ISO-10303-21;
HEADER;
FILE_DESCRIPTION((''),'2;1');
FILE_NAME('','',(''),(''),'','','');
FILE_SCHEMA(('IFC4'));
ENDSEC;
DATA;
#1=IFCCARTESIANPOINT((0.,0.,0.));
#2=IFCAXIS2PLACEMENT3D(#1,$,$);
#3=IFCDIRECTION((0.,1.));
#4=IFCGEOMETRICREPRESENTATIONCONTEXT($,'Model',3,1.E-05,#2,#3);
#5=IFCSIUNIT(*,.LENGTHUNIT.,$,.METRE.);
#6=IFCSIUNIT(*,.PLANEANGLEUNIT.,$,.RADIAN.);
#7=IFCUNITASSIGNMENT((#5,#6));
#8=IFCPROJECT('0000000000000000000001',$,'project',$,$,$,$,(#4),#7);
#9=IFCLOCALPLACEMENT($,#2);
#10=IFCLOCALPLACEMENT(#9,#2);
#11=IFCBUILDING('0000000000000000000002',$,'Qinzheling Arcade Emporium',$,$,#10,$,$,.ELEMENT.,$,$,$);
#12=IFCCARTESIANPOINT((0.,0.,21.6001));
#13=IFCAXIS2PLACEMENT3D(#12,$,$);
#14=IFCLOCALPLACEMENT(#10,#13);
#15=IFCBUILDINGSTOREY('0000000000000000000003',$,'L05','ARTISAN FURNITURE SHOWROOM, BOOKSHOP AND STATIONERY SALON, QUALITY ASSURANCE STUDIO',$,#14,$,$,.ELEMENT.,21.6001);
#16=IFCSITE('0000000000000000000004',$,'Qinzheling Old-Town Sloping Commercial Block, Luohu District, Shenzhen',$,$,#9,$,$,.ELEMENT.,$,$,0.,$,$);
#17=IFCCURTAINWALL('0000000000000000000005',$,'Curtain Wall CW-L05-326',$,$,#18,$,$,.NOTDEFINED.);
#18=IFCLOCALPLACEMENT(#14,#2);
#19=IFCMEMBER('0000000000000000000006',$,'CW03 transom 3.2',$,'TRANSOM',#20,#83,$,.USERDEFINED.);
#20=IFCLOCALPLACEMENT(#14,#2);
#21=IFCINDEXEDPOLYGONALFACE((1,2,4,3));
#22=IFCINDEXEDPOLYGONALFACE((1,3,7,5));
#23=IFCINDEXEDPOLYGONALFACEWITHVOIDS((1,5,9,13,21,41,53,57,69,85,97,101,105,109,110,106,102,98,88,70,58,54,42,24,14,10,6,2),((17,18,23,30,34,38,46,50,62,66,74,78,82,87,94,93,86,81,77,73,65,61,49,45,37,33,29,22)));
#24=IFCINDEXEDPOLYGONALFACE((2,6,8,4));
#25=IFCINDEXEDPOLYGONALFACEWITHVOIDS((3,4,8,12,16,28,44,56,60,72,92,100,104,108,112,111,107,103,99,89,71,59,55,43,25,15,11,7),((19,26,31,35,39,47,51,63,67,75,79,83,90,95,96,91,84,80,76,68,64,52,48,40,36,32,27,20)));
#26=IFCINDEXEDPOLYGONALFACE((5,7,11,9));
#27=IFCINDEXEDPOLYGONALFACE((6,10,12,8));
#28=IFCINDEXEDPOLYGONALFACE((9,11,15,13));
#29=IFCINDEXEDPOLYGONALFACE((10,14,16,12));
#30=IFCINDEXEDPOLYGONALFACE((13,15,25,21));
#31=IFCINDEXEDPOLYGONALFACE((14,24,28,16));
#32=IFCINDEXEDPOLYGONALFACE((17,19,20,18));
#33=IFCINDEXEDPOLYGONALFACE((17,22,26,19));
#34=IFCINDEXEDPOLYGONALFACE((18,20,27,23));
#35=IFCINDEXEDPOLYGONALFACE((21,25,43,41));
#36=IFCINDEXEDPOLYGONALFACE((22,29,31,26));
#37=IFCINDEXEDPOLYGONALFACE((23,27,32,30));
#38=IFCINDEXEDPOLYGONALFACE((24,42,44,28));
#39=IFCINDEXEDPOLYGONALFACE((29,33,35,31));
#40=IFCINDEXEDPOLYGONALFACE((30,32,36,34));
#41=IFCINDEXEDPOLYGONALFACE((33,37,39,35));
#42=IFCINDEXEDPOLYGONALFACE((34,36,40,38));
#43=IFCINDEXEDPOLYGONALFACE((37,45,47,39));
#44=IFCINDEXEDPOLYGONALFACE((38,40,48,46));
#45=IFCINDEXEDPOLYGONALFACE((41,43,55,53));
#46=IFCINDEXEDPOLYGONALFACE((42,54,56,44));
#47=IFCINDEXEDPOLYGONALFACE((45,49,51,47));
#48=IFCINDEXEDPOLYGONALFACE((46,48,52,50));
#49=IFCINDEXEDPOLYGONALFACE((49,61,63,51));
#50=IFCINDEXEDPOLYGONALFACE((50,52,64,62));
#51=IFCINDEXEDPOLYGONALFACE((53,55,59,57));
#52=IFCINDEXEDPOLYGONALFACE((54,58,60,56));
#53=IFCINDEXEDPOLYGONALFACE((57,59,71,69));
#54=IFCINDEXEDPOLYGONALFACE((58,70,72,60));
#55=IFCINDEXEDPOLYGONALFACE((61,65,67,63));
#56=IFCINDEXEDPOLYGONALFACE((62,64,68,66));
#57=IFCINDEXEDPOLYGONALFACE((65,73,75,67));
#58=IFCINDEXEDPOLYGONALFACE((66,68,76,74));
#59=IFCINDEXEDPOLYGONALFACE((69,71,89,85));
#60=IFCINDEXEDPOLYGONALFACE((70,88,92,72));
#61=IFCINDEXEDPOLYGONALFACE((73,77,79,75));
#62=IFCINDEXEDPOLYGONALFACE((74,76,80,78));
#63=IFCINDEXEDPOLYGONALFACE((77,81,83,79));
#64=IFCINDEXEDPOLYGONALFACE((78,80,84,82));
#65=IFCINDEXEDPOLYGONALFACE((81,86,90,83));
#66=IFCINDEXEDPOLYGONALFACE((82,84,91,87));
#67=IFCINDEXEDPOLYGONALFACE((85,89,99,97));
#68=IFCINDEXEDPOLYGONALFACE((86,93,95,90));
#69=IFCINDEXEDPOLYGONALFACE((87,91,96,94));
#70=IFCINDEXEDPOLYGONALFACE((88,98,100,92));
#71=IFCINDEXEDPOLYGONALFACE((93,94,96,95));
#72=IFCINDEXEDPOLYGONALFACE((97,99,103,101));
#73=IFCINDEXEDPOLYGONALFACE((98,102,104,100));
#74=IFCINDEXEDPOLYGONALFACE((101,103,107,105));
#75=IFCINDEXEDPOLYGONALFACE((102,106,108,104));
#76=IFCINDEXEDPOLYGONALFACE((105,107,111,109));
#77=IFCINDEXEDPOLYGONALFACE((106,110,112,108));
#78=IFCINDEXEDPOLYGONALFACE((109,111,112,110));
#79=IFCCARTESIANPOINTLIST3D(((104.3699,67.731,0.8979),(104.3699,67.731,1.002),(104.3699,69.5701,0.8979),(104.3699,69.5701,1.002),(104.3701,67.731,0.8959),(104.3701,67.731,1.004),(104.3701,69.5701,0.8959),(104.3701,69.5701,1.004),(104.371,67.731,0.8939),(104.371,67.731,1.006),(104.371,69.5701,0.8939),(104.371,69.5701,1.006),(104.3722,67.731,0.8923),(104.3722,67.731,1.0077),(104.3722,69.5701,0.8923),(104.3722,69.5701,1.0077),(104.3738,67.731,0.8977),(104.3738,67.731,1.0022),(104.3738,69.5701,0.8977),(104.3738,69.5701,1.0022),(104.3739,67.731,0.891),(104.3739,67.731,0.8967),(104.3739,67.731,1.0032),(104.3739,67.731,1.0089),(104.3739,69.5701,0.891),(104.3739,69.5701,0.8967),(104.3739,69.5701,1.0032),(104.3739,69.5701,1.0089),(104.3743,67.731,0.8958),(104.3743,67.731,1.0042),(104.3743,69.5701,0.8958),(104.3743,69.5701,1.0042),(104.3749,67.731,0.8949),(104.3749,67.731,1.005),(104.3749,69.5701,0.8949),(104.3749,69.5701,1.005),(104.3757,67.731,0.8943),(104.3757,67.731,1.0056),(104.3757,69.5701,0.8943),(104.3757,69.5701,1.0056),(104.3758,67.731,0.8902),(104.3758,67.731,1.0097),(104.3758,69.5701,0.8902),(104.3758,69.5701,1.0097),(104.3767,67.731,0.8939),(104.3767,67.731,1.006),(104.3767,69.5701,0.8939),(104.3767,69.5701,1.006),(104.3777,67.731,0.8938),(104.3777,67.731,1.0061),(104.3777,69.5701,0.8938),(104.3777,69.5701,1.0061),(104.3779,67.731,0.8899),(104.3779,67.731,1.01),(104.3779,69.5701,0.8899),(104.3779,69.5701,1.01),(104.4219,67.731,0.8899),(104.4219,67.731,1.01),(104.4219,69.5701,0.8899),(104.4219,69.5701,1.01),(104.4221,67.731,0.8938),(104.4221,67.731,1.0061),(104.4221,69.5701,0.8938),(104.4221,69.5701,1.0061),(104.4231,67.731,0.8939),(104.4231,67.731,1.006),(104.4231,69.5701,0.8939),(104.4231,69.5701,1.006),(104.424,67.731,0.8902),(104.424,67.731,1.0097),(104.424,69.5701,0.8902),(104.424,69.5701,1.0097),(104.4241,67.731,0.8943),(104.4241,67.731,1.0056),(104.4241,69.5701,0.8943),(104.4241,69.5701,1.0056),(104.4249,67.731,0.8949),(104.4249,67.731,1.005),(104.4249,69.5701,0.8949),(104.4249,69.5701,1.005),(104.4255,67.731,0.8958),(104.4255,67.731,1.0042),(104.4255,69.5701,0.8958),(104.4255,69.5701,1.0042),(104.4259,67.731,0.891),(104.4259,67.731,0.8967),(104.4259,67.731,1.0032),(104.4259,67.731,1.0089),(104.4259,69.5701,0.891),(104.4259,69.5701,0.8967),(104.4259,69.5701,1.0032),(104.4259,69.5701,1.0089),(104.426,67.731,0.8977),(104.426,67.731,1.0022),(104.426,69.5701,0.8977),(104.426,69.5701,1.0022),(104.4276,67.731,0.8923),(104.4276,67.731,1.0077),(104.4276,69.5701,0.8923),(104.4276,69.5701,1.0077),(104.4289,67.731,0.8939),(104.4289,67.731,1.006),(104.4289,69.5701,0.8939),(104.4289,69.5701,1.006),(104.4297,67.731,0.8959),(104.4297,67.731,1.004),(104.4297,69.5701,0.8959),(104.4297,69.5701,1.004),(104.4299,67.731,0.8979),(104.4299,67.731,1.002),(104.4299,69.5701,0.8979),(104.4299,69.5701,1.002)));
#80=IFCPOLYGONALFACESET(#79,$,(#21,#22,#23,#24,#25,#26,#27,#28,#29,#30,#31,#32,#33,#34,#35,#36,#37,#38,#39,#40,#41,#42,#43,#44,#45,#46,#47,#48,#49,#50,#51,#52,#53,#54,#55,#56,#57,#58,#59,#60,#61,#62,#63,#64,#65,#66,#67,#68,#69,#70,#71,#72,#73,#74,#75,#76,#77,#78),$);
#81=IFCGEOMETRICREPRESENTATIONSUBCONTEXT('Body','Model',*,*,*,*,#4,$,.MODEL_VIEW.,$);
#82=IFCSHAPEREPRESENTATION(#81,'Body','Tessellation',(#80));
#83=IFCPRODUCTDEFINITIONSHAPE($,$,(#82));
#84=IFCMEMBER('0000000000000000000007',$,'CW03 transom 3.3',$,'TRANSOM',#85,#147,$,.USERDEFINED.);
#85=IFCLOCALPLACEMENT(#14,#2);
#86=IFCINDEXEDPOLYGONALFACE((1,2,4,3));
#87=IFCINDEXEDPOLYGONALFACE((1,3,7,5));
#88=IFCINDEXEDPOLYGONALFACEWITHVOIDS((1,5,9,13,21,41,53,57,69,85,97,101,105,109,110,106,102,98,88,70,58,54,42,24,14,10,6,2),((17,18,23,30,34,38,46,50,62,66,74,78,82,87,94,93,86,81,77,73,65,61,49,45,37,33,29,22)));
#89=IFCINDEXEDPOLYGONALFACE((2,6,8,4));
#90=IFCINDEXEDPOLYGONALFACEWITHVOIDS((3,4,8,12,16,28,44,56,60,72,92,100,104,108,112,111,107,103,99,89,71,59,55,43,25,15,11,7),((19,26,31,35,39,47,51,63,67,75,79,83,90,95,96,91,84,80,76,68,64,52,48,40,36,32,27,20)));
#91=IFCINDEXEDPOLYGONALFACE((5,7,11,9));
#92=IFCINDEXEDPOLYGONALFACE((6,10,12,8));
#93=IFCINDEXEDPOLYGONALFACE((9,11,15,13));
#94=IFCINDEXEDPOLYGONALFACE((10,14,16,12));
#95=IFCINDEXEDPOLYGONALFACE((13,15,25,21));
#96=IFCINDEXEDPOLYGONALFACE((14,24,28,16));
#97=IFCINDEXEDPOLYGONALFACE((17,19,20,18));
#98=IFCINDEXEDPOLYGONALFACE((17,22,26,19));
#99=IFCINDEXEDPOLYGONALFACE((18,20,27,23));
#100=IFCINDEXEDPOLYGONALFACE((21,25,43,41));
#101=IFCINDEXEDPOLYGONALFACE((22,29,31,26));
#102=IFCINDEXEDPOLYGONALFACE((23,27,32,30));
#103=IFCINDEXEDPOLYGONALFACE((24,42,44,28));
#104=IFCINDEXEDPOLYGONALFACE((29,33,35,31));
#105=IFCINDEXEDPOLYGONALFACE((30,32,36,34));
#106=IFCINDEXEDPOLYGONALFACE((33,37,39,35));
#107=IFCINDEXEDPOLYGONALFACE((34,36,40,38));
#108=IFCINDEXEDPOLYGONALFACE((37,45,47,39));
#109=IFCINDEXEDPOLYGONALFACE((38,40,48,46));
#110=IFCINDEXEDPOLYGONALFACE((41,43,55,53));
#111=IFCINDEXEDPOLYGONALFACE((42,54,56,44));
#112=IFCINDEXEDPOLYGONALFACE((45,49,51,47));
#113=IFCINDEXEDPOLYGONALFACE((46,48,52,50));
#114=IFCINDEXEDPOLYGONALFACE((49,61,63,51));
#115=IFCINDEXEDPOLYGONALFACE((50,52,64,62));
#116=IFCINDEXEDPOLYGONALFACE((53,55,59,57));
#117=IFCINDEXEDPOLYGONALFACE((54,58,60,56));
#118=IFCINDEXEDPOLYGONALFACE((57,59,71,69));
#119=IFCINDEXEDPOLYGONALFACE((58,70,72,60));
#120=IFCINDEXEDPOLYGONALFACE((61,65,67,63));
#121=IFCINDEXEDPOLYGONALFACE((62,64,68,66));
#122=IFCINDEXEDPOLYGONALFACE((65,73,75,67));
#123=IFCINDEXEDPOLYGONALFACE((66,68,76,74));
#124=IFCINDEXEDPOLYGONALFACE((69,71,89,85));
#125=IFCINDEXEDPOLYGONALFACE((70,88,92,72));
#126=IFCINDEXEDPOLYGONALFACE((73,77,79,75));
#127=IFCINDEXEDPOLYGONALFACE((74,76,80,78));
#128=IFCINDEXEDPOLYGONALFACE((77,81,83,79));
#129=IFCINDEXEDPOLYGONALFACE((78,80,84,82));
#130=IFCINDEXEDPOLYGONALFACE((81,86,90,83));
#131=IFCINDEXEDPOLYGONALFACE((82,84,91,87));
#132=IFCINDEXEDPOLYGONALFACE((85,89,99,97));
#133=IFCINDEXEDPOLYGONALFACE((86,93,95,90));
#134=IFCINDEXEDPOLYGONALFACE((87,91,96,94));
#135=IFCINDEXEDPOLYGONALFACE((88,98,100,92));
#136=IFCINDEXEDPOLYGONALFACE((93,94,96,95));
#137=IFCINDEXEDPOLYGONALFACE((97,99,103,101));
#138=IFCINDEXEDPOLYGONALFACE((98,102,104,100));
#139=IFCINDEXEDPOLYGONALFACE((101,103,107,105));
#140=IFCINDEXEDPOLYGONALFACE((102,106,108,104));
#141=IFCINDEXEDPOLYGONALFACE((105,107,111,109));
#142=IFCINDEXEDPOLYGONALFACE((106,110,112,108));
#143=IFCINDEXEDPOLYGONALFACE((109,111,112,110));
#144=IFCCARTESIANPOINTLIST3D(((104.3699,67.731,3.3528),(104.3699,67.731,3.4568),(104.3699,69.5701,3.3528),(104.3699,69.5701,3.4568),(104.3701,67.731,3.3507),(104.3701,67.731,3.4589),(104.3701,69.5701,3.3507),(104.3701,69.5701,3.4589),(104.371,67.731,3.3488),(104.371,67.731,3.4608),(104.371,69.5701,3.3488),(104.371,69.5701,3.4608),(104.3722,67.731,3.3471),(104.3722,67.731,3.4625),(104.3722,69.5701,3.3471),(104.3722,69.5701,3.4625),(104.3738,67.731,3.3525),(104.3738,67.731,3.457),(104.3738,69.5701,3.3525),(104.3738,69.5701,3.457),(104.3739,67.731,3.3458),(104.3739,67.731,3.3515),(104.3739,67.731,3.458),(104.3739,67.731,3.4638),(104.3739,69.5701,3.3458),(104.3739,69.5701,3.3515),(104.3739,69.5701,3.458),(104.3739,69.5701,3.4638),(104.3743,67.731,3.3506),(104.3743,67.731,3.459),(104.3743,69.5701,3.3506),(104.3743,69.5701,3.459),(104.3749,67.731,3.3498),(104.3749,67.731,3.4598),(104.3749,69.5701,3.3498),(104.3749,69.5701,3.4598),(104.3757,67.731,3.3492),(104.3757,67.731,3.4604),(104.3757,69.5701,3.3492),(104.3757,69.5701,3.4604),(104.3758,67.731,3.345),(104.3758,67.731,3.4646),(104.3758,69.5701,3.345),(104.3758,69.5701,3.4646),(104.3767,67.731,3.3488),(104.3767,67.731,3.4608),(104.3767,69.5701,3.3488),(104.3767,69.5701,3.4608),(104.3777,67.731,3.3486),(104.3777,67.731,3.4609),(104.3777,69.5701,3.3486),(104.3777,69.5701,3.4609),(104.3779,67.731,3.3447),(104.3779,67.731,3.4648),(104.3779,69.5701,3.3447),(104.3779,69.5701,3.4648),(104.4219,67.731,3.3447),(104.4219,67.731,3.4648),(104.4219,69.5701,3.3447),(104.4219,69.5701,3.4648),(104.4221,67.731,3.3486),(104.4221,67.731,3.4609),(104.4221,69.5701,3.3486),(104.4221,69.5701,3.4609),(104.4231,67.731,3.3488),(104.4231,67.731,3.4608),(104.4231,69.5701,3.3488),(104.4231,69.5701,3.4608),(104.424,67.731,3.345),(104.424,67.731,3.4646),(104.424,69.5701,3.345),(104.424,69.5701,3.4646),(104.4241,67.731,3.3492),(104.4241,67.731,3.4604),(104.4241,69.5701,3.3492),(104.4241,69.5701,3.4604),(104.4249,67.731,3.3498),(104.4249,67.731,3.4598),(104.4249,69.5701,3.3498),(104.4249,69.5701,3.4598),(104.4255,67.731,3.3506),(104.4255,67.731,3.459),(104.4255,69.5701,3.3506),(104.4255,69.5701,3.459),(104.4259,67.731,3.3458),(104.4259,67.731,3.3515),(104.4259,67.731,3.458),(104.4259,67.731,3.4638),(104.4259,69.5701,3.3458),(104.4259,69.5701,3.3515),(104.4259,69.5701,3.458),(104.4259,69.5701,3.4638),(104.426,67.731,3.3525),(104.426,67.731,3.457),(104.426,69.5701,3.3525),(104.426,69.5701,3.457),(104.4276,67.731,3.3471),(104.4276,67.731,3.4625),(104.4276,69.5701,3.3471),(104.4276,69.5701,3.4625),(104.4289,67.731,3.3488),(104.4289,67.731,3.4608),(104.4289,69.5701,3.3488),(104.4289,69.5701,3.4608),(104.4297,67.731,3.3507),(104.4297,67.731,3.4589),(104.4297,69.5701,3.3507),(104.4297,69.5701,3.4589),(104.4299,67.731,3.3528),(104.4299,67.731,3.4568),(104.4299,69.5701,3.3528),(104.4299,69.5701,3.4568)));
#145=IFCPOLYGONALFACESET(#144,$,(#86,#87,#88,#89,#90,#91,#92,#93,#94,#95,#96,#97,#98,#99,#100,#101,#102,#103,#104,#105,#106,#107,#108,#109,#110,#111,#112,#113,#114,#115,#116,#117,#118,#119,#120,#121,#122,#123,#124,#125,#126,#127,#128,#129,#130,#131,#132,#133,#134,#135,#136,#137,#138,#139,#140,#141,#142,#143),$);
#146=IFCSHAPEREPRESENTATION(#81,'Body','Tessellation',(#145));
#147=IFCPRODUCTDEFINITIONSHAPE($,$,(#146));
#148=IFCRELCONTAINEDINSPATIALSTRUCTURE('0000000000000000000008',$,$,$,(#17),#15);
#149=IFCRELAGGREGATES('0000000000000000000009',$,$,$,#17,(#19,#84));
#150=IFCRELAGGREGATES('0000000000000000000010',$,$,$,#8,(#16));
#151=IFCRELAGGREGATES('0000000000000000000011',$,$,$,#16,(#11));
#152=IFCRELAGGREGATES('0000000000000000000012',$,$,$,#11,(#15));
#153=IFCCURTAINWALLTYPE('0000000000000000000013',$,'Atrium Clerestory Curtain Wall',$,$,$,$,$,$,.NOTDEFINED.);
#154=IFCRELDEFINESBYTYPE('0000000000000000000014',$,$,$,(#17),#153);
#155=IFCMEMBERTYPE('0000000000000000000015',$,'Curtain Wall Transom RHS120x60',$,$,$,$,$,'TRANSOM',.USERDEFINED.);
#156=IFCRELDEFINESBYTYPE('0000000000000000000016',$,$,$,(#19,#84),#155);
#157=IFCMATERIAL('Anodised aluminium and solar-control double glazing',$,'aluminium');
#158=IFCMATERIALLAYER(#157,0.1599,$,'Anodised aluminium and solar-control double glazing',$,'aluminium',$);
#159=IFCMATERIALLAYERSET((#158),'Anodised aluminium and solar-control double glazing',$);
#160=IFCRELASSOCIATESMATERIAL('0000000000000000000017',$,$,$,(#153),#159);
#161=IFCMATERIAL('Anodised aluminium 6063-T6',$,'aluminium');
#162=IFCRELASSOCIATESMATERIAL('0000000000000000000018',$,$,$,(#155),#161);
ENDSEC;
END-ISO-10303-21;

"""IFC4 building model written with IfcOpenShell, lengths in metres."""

from ifc_helpers import new_model, si_unit, direction, frame, origin, origin_2d, place, context, subcontext, project, spatial, hollow_rectangle, extrude, material, layer, layer_set, material_profile, profile_set, type_object, element, aggregate, save


model = new_model("IFC4")

# Units and contexts
model_context = context("Model", 3, precision=1e-05, world=origin(), true_north=direction((0.0, 1.0)))
body_context = subcontext(model_context, "Body", "Model", "MODEL_VIEW")
ifc_project = project(units=[si_unit("LENGTHUNIT", "METRE"), si_unit("PLANEANGLEUNIT", "RADIAN")], contexts=[model_context])

# Site, building, storey
site_placement = place(None, origin())
site = spatial("IfcSite", under=ifc_project, at=site_placement, Name="Qinzheling Old-Town Sloping Commercial Block, Luohu District, Shenzhen", CompositionType="ELEMENT", RefElevation=0.0)
building_placement = place(site_placement, origin())
building = spatial("IfcBuilding", under=site, at=building_placement, Name="Qinzheling Arcade Emporium", CompositionType="ELEMENT")
storey_placement = place(building_placement, frame((0.0, 0.0, 21.6001)))
storey = spatial("IfcBuildingStorey", under=building, at=storey_placement, Name="L05", Description="ARTISAN FURNITURE SHOWROOM, BOOKSHOP AND STATIONERY SALON, QUALITY ASSURANCE STUDIO", CompositionType="ELEMENT", Elevation=21.6001)

# Curtain wall, members
ifc_material_1 = material(Name="Anodised aluminium and solar-control double glazing", Category="aluminium")
ifc_layer_1 = layer(ifc_material_1, 0.1599, Name="Anodised aluminium and solar-control double glazing", Category="aluminium")
ifc_layer_set_1 = layer_set([ifc_layer_1], Name="Anodised aluminium and solar-control double glazing")
curtain_wall_type = type_object("IfcCurtainWallType", Name="Atrium Clerestory Curtain Wall", PredefinedType="NOTDEFINED", material=ifc_layer_set_1)
curtain_wall_placement = place(storey_placement, origin())
curtain_wall = element("IfcCurtainWall", 1, at=curtain_wall_placement, inside=storey, type_object=curtain_wall_type, Name="Curtain Wall CW-L05-326", PredefinedType="NOTDEFINED")
ifc_material_2 = material(Name="Anodised aluminium 6063-T6", Category="aluminium")
ifc_material_profile_1 = material_profile(ifc_material_2, hollow_rectangle(XDim=0.0601, YDim=0.1201, WallThickness=0.0039, InnerFilletRadius=0.0039, OuterFilletRadius=0.0081, at=origin_2d()), Name="RHS 120x60x4", Category="aluminium")
ifc_profile_set_1 = profile_set([ifc_material_profile_1], Name="Anodised aluminium 6063-T6")
member_type_1 = type_object("IfcMemberType", Name="Curtain Wall Transom RHS120x60", ElementType="TRANSOM", PredefinedType="USERDEFINED", material=ifc_profile_set_1)
member_1_placement = place(storey_placement, frame((104.3999, 69.5701, 0.95), z_axis=(0.0, -1.0, 0.0), x_axis=(1.0, 0.0, 0.0)))
member_1 = element("IfcMember", 2, at=member_1_placement, type_object=member_type_1, Name="CW03 transom 3.2", ObjectType="TRANSOM", PredefinedType="USERDEFINED", context=body_context, shape_type="SweptSolid", body=[
    extrude(hollow_rectangle(XDim=0.0601, YDim=0.1201, WallThickness=0.0039, InnerFilletRadius=0.0039, OuterFilletRadius=0.0081, at=origin_2d()), origin(), (0.0, 0.0, 1.0), 1.8391),
])
member_2_placement = place(storey_placement, frame((104.3999, 69.5701, 3.4048), z_axis=(0.0, -1.0, 0.0), x_axis=(1.0, 0.0, 0.0)))
member_2 = element("IfcMember", 3, at=member_2_placement, type_object=member_type_1, Name="CW03 transom 3.3", ObjectType="TRANSOM", PredefinedType="USERDEFINED", context=body_context, shape_type="SweptSolid", body=[
    extrude(hollow_rectangle(XDim=0.0601, YDim=0.1201, WallThickness=0.0039, InnerFilletRadius=0.0039, OuterFilletRadius=0.0081, at=origin_2d()), origin(), (0.0, 0.0, 1.0), 1.8391),
])
aggregate(curtain_wall, [member_1, member_2])

save(model, "model.ifc")
